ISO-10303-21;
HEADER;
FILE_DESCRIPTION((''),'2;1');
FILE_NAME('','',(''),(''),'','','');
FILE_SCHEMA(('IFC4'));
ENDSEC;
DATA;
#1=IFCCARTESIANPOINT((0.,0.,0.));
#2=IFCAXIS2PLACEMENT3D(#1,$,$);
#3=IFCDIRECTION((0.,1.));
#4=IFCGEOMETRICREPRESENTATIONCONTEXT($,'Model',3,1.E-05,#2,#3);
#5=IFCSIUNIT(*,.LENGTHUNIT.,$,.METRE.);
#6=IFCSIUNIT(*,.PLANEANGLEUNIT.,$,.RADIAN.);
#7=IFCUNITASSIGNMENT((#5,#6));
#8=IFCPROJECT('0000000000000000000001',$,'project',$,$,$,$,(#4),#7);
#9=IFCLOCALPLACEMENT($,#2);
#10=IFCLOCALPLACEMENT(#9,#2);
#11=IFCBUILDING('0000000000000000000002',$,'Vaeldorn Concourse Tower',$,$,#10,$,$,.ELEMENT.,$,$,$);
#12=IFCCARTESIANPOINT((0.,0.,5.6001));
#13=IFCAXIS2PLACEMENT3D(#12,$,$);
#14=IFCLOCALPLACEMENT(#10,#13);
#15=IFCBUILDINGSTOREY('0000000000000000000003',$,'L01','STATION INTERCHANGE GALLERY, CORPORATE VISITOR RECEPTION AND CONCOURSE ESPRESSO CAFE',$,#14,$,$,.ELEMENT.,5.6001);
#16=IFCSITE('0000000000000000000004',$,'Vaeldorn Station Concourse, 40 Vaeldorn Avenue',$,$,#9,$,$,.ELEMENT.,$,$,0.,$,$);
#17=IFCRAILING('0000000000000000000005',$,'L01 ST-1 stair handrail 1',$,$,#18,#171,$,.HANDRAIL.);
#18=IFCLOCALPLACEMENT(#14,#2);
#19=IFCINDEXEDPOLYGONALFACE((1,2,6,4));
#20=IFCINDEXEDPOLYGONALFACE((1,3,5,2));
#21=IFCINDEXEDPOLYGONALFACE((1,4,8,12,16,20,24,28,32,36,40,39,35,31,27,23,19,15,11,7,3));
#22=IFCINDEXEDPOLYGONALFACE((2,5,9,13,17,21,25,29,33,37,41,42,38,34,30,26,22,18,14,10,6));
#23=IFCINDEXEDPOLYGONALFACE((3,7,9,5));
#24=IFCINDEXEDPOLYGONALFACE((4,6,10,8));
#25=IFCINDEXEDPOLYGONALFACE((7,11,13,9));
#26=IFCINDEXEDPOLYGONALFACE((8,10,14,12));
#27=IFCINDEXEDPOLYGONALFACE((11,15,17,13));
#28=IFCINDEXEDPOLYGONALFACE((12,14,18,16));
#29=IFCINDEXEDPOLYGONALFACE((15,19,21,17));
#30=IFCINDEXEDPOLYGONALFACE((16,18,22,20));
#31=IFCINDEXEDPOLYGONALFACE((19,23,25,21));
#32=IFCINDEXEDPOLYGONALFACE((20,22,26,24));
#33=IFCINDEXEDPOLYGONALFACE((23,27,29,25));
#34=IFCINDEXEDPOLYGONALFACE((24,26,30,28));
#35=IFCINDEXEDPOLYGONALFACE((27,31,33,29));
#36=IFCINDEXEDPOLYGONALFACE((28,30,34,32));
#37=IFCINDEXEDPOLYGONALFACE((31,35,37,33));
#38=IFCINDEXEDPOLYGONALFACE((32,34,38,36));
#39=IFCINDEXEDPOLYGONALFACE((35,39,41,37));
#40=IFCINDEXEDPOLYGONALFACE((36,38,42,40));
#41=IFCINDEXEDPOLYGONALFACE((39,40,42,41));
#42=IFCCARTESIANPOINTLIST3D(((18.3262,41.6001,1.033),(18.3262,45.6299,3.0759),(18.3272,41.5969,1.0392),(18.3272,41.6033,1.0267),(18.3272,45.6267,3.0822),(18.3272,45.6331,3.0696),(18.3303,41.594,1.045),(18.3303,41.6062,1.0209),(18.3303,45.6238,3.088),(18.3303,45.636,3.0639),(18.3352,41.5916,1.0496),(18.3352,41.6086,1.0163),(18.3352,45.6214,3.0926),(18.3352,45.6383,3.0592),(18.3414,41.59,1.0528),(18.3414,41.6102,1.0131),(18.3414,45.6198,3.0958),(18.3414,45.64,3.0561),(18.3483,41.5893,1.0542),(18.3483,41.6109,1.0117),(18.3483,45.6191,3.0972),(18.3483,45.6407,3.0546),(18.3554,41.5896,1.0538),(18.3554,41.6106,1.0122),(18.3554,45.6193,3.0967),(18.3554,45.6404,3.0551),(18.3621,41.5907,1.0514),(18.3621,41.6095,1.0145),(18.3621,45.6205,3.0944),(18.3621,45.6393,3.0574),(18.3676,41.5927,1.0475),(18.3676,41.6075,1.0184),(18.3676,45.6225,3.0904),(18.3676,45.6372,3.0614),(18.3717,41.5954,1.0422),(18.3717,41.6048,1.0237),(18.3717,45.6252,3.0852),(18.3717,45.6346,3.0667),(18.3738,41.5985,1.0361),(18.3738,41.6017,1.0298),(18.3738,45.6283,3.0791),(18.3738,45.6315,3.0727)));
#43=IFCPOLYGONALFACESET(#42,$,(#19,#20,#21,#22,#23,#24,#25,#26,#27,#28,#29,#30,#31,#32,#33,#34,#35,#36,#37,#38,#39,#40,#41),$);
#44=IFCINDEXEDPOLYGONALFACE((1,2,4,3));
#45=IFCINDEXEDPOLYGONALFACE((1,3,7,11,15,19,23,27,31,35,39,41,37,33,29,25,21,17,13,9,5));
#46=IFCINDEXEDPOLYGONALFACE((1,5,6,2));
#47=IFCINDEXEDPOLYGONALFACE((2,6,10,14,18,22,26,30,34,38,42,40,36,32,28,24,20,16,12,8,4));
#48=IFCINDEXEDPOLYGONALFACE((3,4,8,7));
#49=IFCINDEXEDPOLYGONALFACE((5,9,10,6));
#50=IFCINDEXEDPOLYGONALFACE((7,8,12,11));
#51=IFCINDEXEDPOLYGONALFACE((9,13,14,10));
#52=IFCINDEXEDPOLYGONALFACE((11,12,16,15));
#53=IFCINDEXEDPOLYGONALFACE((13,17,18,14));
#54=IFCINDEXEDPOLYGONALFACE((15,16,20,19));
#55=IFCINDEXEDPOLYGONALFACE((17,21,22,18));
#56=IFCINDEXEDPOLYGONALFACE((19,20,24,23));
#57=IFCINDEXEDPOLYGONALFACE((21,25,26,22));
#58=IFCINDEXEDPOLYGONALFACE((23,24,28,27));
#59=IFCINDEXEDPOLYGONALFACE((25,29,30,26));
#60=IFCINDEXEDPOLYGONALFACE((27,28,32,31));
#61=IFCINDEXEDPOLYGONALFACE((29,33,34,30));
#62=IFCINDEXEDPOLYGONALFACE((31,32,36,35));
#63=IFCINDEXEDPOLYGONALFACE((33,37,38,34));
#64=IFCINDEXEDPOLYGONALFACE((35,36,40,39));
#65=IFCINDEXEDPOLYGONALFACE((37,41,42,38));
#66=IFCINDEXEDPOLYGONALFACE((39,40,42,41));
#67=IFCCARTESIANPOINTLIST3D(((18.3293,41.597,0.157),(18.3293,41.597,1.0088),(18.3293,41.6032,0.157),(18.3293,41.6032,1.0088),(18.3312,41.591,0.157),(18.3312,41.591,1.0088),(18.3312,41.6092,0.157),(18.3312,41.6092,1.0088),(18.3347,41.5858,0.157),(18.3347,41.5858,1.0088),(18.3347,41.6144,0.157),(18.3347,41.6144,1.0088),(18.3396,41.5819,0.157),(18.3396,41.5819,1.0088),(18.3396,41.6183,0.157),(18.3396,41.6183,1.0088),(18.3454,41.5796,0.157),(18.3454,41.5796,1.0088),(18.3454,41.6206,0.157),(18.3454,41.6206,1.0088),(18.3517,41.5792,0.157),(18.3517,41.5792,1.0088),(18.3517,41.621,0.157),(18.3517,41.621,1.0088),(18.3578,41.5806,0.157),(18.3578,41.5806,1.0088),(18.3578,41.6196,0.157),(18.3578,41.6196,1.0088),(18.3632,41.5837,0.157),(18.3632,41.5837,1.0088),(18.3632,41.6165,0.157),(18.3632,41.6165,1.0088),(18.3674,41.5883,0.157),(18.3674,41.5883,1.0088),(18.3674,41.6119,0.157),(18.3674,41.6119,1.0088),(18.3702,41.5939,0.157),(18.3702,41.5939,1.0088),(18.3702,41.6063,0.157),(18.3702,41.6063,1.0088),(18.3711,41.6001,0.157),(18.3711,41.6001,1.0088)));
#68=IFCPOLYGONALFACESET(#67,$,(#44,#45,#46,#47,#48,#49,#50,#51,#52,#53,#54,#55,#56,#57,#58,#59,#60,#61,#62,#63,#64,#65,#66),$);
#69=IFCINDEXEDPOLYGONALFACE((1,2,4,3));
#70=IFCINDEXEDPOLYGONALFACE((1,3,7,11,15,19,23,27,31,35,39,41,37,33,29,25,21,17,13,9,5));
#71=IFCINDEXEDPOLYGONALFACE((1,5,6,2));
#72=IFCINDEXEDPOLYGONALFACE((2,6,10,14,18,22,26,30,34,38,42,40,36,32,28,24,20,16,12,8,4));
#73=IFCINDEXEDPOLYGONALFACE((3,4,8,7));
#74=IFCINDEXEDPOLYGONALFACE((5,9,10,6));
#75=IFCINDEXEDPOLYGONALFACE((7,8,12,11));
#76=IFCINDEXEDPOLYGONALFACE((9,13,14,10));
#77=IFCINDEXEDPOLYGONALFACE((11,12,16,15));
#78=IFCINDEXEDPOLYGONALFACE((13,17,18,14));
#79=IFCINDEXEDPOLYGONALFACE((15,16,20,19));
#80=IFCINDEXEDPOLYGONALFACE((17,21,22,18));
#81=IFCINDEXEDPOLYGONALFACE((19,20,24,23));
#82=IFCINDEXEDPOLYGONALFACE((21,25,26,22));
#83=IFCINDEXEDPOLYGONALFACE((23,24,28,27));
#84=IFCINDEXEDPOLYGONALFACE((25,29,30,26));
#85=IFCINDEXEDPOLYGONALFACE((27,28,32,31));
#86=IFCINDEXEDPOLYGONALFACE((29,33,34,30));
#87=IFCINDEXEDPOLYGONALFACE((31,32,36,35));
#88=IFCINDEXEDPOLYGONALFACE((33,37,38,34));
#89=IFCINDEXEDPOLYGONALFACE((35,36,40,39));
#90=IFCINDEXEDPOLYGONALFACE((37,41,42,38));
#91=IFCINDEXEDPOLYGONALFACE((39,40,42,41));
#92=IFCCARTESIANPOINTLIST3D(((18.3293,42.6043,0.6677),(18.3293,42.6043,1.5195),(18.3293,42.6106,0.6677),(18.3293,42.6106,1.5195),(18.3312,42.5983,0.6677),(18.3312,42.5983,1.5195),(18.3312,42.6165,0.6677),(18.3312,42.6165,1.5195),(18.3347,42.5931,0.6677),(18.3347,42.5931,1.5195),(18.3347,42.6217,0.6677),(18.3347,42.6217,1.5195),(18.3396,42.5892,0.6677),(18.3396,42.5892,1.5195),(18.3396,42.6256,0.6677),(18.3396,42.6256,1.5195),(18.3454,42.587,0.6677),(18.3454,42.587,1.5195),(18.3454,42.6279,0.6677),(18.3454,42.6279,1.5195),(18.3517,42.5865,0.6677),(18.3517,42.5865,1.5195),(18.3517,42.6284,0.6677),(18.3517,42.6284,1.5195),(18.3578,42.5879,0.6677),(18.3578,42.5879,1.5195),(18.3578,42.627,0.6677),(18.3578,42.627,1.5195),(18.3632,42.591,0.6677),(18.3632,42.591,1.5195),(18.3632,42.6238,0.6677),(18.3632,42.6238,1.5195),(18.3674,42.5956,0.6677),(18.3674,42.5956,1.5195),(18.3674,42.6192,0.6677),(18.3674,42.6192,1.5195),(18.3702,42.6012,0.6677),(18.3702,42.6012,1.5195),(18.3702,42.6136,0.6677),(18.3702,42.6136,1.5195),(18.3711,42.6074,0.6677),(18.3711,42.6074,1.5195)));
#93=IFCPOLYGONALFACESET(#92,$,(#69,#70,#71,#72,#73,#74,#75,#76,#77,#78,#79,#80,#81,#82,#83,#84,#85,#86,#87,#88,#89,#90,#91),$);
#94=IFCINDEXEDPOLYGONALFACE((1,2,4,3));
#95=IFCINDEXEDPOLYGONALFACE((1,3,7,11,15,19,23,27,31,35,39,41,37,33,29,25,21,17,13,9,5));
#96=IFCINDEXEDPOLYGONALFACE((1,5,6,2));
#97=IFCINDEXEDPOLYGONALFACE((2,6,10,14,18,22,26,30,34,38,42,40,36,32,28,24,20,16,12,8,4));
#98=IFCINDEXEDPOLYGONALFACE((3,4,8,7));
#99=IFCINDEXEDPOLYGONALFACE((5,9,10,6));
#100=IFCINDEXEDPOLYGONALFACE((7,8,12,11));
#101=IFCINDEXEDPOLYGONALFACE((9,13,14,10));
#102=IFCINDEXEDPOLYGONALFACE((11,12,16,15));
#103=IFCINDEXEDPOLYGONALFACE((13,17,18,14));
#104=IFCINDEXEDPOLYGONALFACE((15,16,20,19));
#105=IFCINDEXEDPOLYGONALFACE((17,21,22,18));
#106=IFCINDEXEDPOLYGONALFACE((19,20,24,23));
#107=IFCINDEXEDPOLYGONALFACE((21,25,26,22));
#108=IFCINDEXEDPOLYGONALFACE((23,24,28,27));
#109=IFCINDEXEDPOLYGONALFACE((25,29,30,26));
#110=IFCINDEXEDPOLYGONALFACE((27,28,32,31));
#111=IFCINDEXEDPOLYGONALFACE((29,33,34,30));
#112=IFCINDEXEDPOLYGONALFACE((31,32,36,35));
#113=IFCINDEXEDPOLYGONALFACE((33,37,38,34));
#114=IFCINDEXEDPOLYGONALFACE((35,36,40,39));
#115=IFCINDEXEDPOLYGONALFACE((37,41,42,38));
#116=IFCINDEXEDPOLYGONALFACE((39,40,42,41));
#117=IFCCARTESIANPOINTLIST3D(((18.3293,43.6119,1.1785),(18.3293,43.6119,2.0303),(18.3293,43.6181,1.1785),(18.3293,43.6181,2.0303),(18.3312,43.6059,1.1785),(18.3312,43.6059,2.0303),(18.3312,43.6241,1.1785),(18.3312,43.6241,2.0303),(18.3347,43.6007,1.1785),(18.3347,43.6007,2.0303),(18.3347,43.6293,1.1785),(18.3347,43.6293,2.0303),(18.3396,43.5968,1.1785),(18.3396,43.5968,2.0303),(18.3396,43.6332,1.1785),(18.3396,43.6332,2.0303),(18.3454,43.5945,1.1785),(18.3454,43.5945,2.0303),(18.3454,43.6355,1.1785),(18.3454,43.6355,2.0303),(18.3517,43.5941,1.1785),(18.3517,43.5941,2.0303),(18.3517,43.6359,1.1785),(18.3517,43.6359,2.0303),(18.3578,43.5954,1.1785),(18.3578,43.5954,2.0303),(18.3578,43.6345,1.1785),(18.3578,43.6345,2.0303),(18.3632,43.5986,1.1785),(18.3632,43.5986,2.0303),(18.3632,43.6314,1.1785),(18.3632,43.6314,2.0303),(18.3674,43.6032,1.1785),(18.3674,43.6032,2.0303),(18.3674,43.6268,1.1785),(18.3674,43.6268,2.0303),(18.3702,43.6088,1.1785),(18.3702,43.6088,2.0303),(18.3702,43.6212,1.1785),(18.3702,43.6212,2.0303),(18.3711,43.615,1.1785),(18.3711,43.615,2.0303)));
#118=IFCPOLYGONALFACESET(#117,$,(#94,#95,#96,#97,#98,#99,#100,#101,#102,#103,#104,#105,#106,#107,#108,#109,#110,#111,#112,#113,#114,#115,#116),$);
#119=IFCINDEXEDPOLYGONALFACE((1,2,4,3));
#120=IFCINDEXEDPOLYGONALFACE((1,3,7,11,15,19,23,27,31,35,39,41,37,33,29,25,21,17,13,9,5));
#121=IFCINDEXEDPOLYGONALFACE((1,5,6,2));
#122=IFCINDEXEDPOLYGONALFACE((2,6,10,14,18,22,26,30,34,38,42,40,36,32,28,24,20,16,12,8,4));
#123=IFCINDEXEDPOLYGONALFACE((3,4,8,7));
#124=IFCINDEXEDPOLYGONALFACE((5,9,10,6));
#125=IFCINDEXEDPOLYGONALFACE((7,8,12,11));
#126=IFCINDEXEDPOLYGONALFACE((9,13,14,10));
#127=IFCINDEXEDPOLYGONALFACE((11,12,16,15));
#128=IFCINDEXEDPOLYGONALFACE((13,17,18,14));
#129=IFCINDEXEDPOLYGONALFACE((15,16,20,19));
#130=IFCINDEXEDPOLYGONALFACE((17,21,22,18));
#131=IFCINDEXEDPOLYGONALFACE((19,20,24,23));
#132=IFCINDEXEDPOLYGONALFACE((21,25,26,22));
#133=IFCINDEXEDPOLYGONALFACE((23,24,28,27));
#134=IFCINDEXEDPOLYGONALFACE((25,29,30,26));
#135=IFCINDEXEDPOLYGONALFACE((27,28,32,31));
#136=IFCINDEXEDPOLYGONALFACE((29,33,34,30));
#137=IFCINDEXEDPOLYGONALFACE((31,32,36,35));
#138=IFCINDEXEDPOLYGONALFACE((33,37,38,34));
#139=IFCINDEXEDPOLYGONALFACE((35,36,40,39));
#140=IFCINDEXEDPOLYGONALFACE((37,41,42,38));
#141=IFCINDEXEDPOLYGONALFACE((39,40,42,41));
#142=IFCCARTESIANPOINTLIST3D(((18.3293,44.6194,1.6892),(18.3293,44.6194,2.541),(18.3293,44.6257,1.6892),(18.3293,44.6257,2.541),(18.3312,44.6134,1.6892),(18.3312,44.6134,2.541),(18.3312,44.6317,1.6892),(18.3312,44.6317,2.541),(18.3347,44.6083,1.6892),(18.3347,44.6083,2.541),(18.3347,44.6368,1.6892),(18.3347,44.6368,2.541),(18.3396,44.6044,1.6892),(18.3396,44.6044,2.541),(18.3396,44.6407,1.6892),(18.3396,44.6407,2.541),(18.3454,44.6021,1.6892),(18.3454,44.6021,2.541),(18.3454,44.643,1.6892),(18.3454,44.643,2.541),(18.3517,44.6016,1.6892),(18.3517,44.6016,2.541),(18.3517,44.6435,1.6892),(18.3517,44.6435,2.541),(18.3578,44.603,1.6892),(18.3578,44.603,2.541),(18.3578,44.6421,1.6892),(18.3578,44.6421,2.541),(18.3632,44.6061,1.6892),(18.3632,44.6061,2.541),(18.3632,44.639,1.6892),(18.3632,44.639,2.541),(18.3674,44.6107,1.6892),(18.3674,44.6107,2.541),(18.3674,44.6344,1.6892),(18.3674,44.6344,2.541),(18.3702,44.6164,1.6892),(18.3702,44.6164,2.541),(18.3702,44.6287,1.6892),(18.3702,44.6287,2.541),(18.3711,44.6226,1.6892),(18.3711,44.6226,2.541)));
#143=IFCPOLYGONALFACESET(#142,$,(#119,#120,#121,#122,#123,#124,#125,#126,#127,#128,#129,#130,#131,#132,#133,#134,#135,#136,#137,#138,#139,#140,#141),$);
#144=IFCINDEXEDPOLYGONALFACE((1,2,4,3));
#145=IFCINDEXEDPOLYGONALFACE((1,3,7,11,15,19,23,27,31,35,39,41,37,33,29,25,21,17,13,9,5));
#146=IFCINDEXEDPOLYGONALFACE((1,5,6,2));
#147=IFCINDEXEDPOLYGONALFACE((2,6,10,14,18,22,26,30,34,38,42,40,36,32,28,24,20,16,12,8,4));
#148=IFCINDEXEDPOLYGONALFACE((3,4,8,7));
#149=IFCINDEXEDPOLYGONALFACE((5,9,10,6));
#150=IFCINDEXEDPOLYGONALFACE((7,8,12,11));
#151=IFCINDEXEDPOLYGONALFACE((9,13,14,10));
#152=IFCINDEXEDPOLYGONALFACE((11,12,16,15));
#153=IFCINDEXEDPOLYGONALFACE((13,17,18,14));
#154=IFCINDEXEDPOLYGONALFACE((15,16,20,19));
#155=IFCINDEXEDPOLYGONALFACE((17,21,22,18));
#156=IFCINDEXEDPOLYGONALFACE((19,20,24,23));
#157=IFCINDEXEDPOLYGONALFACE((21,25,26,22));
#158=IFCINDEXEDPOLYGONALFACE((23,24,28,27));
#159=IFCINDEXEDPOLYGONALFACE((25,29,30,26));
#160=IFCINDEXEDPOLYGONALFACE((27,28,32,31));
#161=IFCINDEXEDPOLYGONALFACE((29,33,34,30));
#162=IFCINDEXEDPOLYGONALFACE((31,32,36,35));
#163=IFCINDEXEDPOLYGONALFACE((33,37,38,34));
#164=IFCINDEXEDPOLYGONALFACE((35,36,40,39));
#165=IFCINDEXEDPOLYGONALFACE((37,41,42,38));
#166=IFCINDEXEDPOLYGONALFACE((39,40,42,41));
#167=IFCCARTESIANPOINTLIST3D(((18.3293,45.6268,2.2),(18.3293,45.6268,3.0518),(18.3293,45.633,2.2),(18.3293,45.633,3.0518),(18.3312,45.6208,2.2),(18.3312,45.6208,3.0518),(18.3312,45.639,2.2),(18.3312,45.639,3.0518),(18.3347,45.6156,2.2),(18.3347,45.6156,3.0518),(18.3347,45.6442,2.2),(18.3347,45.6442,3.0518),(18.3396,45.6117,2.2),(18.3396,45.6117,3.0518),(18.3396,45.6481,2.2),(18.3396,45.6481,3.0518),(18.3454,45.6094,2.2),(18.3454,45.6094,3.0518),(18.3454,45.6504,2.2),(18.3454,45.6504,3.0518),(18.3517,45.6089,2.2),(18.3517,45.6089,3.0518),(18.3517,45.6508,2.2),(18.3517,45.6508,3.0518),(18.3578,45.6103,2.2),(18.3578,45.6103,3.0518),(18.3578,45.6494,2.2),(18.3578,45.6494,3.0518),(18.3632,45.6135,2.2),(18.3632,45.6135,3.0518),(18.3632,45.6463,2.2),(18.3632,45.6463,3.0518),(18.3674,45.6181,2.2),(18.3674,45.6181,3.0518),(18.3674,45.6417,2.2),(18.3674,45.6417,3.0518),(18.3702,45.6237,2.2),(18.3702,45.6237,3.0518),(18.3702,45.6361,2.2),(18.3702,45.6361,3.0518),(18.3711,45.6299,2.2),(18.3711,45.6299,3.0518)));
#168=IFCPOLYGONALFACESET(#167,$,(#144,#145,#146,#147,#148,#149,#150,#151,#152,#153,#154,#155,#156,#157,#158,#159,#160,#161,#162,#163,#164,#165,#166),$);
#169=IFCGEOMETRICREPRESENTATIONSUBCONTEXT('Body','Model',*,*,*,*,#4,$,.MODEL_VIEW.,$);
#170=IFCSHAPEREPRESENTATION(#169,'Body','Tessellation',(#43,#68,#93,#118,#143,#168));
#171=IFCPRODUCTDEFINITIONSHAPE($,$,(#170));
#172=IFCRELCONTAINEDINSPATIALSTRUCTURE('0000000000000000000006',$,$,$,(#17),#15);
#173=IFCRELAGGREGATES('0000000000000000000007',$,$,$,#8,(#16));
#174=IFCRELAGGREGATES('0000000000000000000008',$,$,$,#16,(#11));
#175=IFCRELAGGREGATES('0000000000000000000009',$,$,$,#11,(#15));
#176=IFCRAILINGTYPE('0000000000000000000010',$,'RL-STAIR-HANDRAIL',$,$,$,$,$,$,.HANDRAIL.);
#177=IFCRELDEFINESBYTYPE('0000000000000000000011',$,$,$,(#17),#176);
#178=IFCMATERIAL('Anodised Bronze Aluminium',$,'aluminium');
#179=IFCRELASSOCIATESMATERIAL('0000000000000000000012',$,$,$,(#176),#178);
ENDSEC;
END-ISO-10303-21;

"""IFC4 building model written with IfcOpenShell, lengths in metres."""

from ifc_helpers import new_model, si_unit, direction, frame, origin, origin_2d, place, context, subcontext, project, spatial, circle, extrude, material, type_object, element, save


model = new_model("IFC4")

# Units and contexts
model_context = context("Model", 3, precision=1e-05, world=origin(), true_north=direction((0.0, 1.0)))
body_context = subcontext(model_context, "Body", "Model", "MODEL_VIEW")
ifc_project = project(units=[si_unit("LENGTHUNIT", "METRE"), si_unit("PLANEANGLEUNIT", "RADIAN")], contexts=[model_context])

# Site, building, storey
site_placement = place(None, origin())
site = spatial("IfcSite", under=ifc_project, at=site_placement, Name="Vaeldorn Station Concourse, 40 Vaeldorn Avenue", CompositionType="ELEMENT", RefElevation=0.0)
building_placement = place(site_placement, origin())
building = spatial("IfcBuilding", under=site, at=building_placement, Name="Vaeldorn Concourse Tower", CompositionType="ELEMENT")
storey_placement = place(building_placement, frame((0.0, 0.0, 5.6001)))
storey = spatial("IfcBuildingStorey", under=building, at=storey_placement, Name="L01", Description="STATION INTERCHANGE GALLERY, CORPORATE VISITOR RECEPTION AND CONCOURSE ESPRESSO CAFE", CompositionType="ELEMENT", Elevation=5.6001)

# Shared definitions
ifc_material_1 = material(Name="Anodised Bronze Aluminium", Category="aluminium")

# Railing
railing_type_1 = type_object("IfcRailingType", Name="RL-STAIR-HANDRAIL", PredefinedType="HANDRAIL", material=ifc_material_1)
railing_1_placement = place(storey_placement, frame((18.3501, 41.6001, 0.157)))
element("IfcRailing", 1, at=railing_1_placement, inside=storey, type_object=railing_type_1, Name="L01 ST-1 stair handrail 1", PredefinedType="HANDRAIL", context=body_context, shape_type="SweptSolid", body=[
    extrude(circle(Radius=0.0239, at=origin_2d()), frame((0.0, 0.0, 0.876), z_axis=(0.0, 0.891928, 0.452178), x_axis=(-1.0, 0.0, 0.0)), (0.0, 0.0, 1.0), 4.5181),
    extrude(circle(Radius=0.021, at=origin_2d()), origin(), (0.0, 0.0, 1.0), 0.8518),
    extrude(circle(Radius=0.021, at=origin_2d()), frame((0.0, 1.0073, 0.5107)), (0.0, 0.0, 1.0), 0.8518),
    extrude(circle(Radius=0.021, at=origin_2d()), frame((0.0, 2.0149, 1.0215)), (0.0, 0.0, 1.0), 0.8518),
    extrude(circle(Radius=0.021, at=origin_2d()), frame((0.0, 3.0225, 1.5322)), (0.0, 0.0, 1.0), 0.8518),
    extrude(circle(Radius=0.021, at=origin_2d()), frame((0.0, 4.0298, 2.043)), (0.0, 0.0, 1.0), 0.8518),
])

save(model, "model.ifc")
